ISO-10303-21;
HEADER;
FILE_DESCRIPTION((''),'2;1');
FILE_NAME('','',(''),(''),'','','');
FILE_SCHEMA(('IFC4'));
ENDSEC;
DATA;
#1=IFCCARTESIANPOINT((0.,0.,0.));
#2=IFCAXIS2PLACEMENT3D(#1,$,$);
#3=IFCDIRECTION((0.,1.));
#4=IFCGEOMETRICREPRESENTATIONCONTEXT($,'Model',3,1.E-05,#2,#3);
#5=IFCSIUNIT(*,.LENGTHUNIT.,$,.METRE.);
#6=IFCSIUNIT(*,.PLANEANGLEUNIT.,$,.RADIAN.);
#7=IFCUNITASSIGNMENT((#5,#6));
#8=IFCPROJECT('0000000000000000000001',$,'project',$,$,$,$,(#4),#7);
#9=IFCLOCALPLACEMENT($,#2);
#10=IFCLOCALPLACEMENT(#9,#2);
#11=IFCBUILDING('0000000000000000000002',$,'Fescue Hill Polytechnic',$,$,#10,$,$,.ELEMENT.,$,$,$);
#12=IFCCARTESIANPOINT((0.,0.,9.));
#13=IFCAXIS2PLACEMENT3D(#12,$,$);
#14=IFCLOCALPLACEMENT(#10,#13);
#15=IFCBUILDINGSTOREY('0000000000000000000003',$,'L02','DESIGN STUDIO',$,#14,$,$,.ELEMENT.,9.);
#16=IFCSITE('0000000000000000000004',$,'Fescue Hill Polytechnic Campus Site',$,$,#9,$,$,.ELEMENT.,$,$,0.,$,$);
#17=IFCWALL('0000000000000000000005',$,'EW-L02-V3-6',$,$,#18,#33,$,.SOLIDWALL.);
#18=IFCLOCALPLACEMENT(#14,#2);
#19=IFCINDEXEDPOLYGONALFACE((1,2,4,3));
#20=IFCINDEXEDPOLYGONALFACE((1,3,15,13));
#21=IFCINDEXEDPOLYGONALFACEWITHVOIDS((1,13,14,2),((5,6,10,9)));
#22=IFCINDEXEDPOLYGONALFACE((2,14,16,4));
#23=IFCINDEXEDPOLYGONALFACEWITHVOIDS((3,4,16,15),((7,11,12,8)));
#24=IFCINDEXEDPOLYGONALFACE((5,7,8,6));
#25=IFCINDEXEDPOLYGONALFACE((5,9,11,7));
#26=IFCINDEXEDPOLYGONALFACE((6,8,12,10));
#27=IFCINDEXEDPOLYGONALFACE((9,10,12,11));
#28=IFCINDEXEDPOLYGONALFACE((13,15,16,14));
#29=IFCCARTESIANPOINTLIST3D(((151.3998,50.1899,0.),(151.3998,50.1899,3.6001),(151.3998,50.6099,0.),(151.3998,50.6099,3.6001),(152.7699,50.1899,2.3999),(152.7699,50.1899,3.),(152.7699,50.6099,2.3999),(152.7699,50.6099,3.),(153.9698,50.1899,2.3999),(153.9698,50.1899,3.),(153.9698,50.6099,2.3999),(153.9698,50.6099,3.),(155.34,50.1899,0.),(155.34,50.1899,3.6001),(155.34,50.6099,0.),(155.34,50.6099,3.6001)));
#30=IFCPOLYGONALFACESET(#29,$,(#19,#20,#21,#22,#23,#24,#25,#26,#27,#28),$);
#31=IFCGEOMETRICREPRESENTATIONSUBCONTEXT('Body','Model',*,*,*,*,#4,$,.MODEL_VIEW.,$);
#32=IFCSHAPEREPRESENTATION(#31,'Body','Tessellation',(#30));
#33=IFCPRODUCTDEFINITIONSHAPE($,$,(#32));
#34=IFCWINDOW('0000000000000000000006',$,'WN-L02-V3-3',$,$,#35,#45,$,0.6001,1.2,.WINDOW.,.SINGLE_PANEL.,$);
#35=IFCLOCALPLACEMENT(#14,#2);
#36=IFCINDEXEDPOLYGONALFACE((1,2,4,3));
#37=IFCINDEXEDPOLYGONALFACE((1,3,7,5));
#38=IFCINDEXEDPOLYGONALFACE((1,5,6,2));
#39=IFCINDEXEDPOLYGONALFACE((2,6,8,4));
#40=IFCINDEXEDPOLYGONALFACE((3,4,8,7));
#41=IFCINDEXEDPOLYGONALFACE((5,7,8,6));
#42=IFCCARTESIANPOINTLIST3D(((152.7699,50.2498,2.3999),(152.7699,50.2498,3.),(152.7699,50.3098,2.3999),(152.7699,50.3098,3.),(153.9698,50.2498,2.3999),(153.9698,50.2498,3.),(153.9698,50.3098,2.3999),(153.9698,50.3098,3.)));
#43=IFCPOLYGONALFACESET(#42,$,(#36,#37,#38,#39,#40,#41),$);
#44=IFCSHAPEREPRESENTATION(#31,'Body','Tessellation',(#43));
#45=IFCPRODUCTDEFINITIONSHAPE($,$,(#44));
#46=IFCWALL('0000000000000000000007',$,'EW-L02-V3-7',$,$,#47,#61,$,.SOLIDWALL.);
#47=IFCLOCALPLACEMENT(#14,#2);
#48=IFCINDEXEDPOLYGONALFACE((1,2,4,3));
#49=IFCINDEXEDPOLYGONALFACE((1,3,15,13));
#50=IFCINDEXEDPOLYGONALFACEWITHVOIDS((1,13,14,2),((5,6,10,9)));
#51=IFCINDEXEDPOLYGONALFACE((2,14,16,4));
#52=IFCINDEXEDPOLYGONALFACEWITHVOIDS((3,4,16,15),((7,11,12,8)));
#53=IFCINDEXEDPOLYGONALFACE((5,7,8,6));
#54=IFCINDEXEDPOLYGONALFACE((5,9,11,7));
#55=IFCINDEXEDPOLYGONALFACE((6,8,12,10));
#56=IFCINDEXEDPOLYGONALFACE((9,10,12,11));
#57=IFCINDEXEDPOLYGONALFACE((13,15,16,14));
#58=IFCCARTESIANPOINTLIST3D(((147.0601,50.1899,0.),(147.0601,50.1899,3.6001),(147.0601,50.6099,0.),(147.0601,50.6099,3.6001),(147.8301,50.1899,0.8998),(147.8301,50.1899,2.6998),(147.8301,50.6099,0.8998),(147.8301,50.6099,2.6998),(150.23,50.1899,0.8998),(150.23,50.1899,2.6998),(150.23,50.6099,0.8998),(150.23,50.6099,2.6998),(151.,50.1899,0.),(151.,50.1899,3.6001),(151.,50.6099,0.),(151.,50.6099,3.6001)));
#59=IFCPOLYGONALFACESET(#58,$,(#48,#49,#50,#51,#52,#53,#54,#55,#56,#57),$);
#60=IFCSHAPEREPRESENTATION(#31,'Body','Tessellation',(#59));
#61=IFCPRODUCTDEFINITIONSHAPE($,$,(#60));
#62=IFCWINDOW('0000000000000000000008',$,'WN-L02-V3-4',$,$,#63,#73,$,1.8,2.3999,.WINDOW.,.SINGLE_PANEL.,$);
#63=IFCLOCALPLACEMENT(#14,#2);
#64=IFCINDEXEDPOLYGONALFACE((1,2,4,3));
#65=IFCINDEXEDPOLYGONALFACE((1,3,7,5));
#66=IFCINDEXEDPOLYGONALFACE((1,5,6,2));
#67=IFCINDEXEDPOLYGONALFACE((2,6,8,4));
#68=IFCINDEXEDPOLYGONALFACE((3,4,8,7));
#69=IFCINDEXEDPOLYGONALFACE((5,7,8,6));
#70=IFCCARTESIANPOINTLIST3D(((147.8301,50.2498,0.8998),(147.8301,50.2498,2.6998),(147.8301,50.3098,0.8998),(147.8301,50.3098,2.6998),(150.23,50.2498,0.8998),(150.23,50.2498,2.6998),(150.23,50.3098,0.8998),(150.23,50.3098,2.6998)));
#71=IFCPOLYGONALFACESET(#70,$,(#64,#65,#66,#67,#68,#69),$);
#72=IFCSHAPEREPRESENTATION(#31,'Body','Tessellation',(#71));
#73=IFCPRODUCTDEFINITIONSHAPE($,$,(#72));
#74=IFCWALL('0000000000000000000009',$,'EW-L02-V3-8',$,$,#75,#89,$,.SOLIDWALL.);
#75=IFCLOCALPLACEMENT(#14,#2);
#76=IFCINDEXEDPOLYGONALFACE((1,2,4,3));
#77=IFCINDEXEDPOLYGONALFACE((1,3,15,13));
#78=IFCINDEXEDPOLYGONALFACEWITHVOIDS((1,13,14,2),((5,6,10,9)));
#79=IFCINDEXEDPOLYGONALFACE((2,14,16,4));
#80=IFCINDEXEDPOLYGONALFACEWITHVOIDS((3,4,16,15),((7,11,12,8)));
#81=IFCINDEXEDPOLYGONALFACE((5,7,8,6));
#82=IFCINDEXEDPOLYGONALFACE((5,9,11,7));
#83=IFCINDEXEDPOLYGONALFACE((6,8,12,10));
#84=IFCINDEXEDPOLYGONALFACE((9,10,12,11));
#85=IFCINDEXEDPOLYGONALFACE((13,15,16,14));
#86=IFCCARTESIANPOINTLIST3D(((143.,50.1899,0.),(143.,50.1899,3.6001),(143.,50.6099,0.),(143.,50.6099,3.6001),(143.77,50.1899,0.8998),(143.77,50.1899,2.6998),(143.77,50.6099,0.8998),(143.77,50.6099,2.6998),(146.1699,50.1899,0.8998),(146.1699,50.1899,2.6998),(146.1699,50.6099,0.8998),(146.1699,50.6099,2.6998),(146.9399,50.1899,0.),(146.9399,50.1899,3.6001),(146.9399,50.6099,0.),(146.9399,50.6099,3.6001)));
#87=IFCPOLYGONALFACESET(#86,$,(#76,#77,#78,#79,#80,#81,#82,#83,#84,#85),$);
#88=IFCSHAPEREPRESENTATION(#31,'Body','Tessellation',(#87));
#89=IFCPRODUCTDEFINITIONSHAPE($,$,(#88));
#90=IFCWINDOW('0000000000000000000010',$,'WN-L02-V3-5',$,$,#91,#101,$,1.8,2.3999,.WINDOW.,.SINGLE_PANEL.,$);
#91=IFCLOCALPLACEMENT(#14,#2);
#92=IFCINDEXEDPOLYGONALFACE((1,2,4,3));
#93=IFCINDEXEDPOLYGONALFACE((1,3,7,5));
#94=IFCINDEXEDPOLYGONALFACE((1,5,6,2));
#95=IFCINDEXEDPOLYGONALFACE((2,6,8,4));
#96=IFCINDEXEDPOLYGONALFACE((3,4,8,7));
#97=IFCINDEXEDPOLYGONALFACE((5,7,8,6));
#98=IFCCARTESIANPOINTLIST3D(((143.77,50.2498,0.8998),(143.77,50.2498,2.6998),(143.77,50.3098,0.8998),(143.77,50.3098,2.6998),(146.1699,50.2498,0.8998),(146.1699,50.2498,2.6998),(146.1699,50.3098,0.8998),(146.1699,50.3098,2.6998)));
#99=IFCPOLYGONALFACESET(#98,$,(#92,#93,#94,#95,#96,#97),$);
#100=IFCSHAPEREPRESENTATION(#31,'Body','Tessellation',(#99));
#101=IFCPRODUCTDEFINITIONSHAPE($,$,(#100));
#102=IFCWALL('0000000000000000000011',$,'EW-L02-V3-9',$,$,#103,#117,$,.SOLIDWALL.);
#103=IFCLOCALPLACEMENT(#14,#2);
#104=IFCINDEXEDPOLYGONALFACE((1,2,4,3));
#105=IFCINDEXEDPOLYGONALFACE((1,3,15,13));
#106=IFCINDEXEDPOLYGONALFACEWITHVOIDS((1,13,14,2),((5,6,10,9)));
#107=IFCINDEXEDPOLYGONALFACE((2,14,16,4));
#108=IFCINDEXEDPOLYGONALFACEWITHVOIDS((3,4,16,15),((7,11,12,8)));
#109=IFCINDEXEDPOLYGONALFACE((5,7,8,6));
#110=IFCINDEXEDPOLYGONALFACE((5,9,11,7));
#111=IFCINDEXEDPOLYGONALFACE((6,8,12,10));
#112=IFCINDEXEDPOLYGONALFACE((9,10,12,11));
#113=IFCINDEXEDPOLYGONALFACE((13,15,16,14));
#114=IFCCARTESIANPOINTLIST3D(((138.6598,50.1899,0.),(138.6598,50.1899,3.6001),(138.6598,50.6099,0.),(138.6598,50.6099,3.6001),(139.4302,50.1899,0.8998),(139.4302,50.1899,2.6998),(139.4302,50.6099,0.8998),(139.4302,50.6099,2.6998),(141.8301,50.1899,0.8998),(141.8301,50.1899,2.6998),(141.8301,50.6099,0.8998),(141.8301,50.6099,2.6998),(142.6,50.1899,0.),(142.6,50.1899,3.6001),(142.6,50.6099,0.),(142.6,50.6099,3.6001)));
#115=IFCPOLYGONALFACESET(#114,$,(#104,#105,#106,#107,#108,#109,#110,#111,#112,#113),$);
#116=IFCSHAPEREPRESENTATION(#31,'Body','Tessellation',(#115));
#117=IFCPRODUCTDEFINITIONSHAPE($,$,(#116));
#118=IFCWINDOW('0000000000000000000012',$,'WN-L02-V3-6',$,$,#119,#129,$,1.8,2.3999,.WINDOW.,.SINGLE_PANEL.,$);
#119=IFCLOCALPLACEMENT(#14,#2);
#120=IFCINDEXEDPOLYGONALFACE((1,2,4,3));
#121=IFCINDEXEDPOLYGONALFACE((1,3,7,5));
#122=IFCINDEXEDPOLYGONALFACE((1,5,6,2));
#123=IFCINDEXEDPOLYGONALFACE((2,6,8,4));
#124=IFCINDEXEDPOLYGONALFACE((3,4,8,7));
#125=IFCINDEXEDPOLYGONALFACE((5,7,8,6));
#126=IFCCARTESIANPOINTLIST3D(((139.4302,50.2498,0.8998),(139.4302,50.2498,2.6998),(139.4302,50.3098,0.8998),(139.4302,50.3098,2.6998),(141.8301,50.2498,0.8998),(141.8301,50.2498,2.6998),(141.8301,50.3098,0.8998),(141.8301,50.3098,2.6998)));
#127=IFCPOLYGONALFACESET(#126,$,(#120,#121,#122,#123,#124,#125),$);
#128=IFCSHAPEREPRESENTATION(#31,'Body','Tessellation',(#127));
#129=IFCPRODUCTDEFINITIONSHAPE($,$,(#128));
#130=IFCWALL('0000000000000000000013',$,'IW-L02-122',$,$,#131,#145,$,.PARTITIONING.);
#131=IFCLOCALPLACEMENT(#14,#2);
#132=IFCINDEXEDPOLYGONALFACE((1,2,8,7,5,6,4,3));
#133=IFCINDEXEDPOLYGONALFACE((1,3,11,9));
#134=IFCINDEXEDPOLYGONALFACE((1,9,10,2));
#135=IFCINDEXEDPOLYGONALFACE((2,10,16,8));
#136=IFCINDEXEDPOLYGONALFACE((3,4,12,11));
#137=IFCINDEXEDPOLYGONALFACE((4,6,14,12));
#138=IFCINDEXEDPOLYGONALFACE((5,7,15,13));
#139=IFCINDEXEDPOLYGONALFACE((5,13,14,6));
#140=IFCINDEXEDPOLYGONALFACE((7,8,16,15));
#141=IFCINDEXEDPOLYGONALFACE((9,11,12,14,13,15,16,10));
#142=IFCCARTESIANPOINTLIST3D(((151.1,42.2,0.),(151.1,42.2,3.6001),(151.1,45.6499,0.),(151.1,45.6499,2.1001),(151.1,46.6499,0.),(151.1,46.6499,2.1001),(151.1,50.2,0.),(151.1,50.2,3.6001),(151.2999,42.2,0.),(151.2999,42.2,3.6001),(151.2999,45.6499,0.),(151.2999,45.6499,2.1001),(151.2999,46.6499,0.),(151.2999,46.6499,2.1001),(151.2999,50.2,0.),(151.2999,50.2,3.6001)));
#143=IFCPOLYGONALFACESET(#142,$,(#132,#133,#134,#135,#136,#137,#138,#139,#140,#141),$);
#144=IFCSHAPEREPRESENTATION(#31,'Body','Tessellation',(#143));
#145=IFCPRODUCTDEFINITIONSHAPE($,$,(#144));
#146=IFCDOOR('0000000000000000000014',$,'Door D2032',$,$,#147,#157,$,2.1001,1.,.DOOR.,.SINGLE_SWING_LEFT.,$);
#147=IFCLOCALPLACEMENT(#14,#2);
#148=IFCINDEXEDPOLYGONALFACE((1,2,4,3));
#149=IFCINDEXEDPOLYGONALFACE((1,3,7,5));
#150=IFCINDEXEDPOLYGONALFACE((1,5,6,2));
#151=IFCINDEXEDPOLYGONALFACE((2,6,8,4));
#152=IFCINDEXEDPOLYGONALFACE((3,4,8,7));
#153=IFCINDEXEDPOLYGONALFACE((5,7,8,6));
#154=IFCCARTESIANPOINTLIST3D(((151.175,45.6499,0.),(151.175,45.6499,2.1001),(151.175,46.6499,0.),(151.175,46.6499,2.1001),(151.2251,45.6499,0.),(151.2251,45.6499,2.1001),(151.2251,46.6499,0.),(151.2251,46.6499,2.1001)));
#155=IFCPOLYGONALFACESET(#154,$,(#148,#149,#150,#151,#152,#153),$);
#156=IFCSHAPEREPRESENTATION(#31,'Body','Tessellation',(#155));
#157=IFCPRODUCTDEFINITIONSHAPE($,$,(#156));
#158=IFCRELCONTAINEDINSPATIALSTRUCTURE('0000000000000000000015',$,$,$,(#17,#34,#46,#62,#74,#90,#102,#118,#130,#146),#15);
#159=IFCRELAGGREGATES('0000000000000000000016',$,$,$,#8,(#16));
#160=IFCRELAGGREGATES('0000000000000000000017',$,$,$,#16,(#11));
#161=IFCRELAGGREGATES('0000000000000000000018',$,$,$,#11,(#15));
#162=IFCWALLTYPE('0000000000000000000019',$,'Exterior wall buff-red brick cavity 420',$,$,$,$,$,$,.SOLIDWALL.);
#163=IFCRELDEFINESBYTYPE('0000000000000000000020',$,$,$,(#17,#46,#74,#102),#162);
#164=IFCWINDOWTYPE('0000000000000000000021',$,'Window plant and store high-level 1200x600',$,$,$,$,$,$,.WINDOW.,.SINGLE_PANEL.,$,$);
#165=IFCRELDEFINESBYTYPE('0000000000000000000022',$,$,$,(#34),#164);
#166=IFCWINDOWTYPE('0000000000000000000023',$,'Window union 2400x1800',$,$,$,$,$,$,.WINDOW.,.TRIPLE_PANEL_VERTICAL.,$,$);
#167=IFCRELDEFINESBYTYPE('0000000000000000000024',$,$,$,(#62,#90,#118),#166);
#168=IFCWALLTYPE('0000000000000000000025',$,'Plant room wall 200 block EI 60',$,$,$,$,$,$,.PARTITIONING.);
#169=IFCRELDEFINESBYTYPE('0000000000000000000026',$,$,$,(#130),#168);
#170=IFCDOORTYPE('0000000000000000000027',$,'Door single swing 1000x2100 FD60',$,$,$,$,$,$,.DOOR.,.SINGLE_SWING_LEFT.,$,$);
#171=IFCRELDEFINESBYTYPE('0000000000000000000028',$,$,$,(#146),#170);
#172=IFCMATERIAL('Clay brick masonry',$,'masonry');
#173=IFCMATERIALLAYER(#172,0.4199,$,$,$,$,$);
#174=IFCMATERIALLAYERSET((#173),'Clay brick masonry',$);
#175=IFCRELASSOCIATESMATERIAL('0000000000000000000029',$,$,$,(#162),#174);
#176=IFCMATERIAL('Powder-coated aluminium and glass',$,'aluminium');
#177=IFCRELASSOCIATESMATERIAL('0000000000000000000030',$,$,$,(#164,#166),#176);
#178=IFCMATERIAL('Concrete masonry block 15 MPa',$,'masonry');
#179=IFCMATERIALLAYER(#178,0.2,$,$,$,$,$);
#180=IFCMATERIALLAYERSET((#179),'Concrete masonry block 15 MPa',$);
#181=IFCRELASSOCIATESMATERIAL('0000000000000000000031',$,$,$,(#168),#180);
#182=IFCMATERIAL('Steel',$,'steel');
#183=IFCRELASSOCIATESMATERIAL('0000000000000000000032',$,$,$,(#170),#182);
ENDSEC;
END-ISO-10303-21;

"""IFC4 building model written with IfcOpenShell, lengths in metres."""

from ifc_helpers import new_model, si_unit, direction, frame, frame_2d, origin, place, context, subcontext, project, spatial, rectangle, extrude, material, layer, layer_set, type_object, element, fill, save


model = new_model("IFC4")

# Units and contexts
model_context = context("Model", 3, precision=1e-05, world=origin(), true_north=direction((0.0, 1.0)))
body_context = subcontext(model_context, "Body", "Model", "MODEL_VIEW")
ifc_project = project(units=[si_unit("LENGTHUNIT", "METRE"), si_unit("PLANEANGLEUNIT", "RADIAN")], contexts=[model_context])

# Site, building, storey
site_placement = place(None, origin())
site = spatial("IfcSite", under=ifc_project, at=site_placement, Name="Fescue Hill Polytechnic Campus Site", CompositionType="ELEMENT", RefElevation=0.0)
building_placement = place(site_placement, origin())
building = spatial("IfcBuilding", under=site, at=building_placement, Name="Fescue Hill Polytechnic", CompositionType="ELEMENT")
storey_placement = place(building_placement, frame((0.0, 0.0, 9.0)))
storey = spatial("IfcBuildingStorey", under=building, at=storey_placement, Name="L02", Description="DESIGN STUDIO", CompositionType="ELEMENT", Elevation=9.0)

# Walls, openings, windows
ifc_material_1 = material(Name="Clay brick masonry", Category="masonry")
ifc_layer_1 = layer(ifc_material_1, 0.4199)
ifc_layer_set_1 = layer_set([ifc_layer_1], Name="Clay brick masonry")
wall_type_1 = type_object("IfcWallType", Name="Exterior wall buff-red brick cavity 420", PredefinedType="SOLIDWALL", material=ifc_layer_set_1)
ifc_material_2 = material(Name="Powder-coated aluminium and glass", Category="aluminium")
wall_1_placement = place(storey_placement, frame((155.3401, 50.3999, 0.0), z_axis=(0.0, 0.0, 1.0), x_axis=(-1.0, 0.0, 0.0)))
wall_1 = element("IfcWall", 1, at=wall_1_placement, inside=storey, type_object=wall_type_1, Name="EW-L02-V3-6", PredefinedType="SOLIDWALL", context=body_context, shape_type="SweptSolid", body=[
    extrude(rectangle(XDim=3.9402, YDim=0.4199, at=frame_2d((1.9702, 0.0))), origin(), (0.0, 0.0, 1.0), 3.6001),
])
opening_1_placement = place(wall_1_placement, frame((1.3701, 0.0, 2.3999)))
opening_1 = element("IfcOpeningElement", 2, at=opening_1_placement, cuts=wall_1, PredefinedType="OPENING", context=body_context, shape_type="SweptSolid", body=[
    extrude(rectangle(XDim=1.2, YDim=0.6001, at=frame_2d((0.6001, 0.3))), frame((0.0, 0.22, 0.0), z_axis=(0.0, -1.0, 0.0), x_axis=(1.0, 0.0, 0.0)), (0.0, 0.0, 1.0), 0.4399),
])
window_type_1 = type_object("IfcWindowType", Name="Window plant and store high-level 1200x600", PartitioningType="SINGLE_PANEL", PredefinedType="WINDOW", material=ifc_material_2)
window_1_placement = place(opening_1_placement, origin())
window_1 = element("IfcWindow", 3, at=window_1_placement, inside=storey, type_object=window_type_1, Name="WN-L02-V3-3", OverallHeight=0.6001, OverallWidth=1.2, PartitioningType="SINGLE_PANEL", PredefinedType="WINDOW", context=body_context, shape_type="SweptSolid", body=[
    extrude(rectangle(XDim=1.2, YDim=0.6001, at=frame_2d((0.6001, 0.3))), frame((0.0, 0.1501, 0.0), z_axis=(0.0, -1.0, 0.0), x_axis=(1.0, 0.0, 0.0)), (0.0, 0.0, 1.0), 0.0601),
])
fill(opening_1, window_1)
wall_2_placement = place(storey_placement, frame((151.0, 50.3999, 0.0), z_axis=(0.0, 0.0, 1.0), x_axis=(-1.0, 0.0, 0.0)))
wall_2 = element("IfcWall", 4, at=wall_2_placement, inside=storey, type_object=wall_type_1, Name="EW-L02-V3-7", PredefinedType="SOLIDWALL", context=body_context, shape_type="SweptSolid", body=[
    extrude(rectangle(XDim=3.9399, YDim=0.4199, at=frame_2d((1.97, 0.0))), origin(), (0.0, 0.0, 1.0), 3.6001),
])
opening_2_placement = place(wall_2_placement, frame((0.77, 0.0, 0.8999)))
opening_2 = element("IfcOpeningElement", 5, at=opening_2_placement, cuts=wall_2, PredefinedType="OPENING", context=body_context, shape_type="SweptSolid", body=[
    extrude(rectangle(XDim=2.3999, YDim=1.8, at=frame_2d((1.2, 0.8999))), frame((0.0, 0.22, 0.0), z_axis=(0.0, -1.0, 0.0), x_axis=(1.0, 0.0, 0.0)), (0.0, 0.0, 1.0), 0.4399),
])
window_type_2 = type_object("IfcWindowType", Name="Window union 2400x1800", PartitioningType="TRIPLE_PANEL_VERTICAL", PredefinedType="WINDOW", material=ifc_material_2)
window_2_placement = place(opening_2_placement, origin())
window_2 = element("IfcWindow", 6, at=window_2_placement, inside=storey, type_object=window_type_2, Name="WN-L02-V3-4", OverallHeight=1.8, OverallWidth=2.3999, PartitioningType="SINGLE_PANEL", PredefinedType="WINDOW", context=body_context, shape_type="SweptSolid", body=[
    extrude(rectangle(XDim=2.3999, YDim=1.8, at=frame_2d((1.2, 0.8999))), frame((0.0, 0.1501, 0.0), z_axis=(0.0, -1.0, 0.0), x_axis=(1.0, 0.0, 0.0)), (0.0, 0.0, 1.0), 0.0601),
])
fill(opening_2, window_2)
wall_3_placement = place(storey_placement, frame((146.9399, 50.3999, 0.0), z_axis=(0.0, 0.0, 1.0), x_axis=(-1.0, 0.0, 0.0)))
wall_3 = element("IfcWall", 7, at=wall_3_placement, inside=storey, type_object=wall_type_1, Name="EW-L02-V3-8", PredefinedType="SOLIDWALL", context=body_context, shape_type="SweptSolid", body=[
    extrude(rectangle(XDim=3.9399, YDim=0.4199, at=frame_2d((1.97, 0.0))), origin(), (0.0, 0.0, 1.0), 3.6001),
])
opening_3_placement = place(wall_3_placement, frame((0.77, 0.0, 0.8999)))
opening_3 = element("IfcOpeningElement", 8, at=opening_3_placement, cuts=wall_3, PredefinedType="OPENING", context=body_context, shape_type="SweptSolid", body=[
    extrude(rectangle(XDim=2.3999, YDim=1.8, at=frame_2d((1.2, 0.8999))), frame((0.0, 0.22, 0.0), z_axis=(0.0, -1.0, 0.0), x_axis=(1.0, 0.0, 0.0)), (0.0, 0.0, 1.0), 0.4399),
])
window_3_placement = place(opening_3_placement, origin())
window_3 = element("IfcWindow", 9, at=window_3_placement, inside=storey, type_object=window_type_2, Name="WN-L02-V3-5", OverallHeight=1.8, OverallWidth=2.3999, PartitioningType="SINGLE_PANEL", PredefinedType="WINDOW", context=body_context, shape_type="SweptSolid", body=[
    extrude(rectangle(XDim=2.3999, YDim=1.8, at=frame_2d((1.2, 0.8999))), frame((0.0, 0.1501, 0.0), z_axis=(0.0, -1.0, 0.0), x_axis=(1.0, 0.0, 0.0)), (0.0, 0.0, 1.0), 0.0601),
])
fill(opening_3, window_3)
wall_4_placement = place(storey_placement, frame((142.6001, 50.3999, 0.0), z_axis=(0.0, 0.0, 1.0), x_axis=(-1.0, 0.0, 0.0)))
wall_4 = element("IfcWall", 10, at=wall_4_placement, inside=storey, type_object=wall_type_1, Name="EW-L02-V3-9", PredefinedType="SOLIDWALL", context=body_context, shape_type="SweptSolid", body=[
    extrude(rectangle(XDim=3.9402, YDim=0.4199, at=frame_2d((1.9702, 0.0))), origin(), (0.0, 0.0, 1.0), 3.6001),
])
opening_4_placement = place(wall_4_placement, frame((0.77, 0.0, 0.8999)))
opening_4 = element("IfcOpeningElement", 11, at=opening_4_placement, cuts=wall_4, PredefinedType="OPENING", context=body_context, shape_type="SweptSolid", body=[
    extrude(rectangle(XDim=2.3999, YDim=1.8, at=frame_2d((1.2, 0.8999))), frame((0.0, 0.22, 0.0), z_axis=(0.0, -1.0, 0.0), x_axis=(1.0, 0.0, 0.0)), (0.0, 0.0, 1.0), 0.4399),
])
window_4_placement = place(opening_4_placement, origin())
window_4 = element("IfcWindow", 12, at=window_4_placement, inside=storey, type_object=window_type_2, Name="WN-L02-V3-6", OverallHeight=1.8, OverallWidth=2.3999, PartitioningType="SINGLE_PANEL", PredefinedType="WINDOW", context=body_context, shape_type="SweptSolid", body=[
    extrude(rectangle(XDim=2.3999, YDim=1.8, at=frame_2d((1.2, 0.8999))), frame((0.0, 0.1501, 0.0), z_axis=(0.0, -1.0, 0.0), x_axis=(1.0, 0.0, 0.0)), (0.0, 0.0, 1.0), 0.0601),
])
fill(opening_4, window_4)

# Wall, opening, door
ifc_material_3 = material(Name="Concrete masonry block 15 MPa", Category="masonry")
ifc_layer_2 = layer(ifc_material_3, 0.2)
ifc_layer_set_2 = layer_set([ifc_layer_2], Name="Concrete masonry block 15 MPa")
wall_type_2 = type_object("IfcWallType", Name="Plant room wall 200 block EI 60", PredefinedType="PARTITIONING", material=ifc_layer_set_2)
wall_5_placement = place(storey_placement, frame((151.2, 42.2, 0.0), z_axis=(0.0, 0.0, 1.0), x_axis=(0.0, 1.0, 0.0)))
wall_5 = element("IfcWall", 13, at=wall_5_placement, inside=storey, type_object=wall_type_2, Name="IW-L02-122", PredefinedType="PARTITIONING", context=body_context, shape_type="SweptSolid", body=[
    extrude(rectangle(XDim=8.0, YDim=0.2, at=frame_2d((4.0, 0.0))), origin(), (0.0, 0.0, 1.0), 3.6001),
])
opening_5_placement = place(wall_5_placement, frame((3.45, 0.0, 0.0)))
opening_5 = element("IfcOpeningElement", 14, at=opening_5_placement, cuts=wall_5, PredefinedType="OPENING", context=body_context, shape_type="SweptSolid", body=[
    extrude(rectangle(XDim=1.0, YDim=2.1001, at=frame_2d((0.5, 1.05))), frame((0.0, 0.1099, 0.0), z_axis=(0.0, -1.0, 0.0), x_axis=(1.0, 0.0, 0.0)), (0.0, 0.0, 1.0), 0.22),
])
ifc_material_4 = material(Name="Steel", Category="steel")
door_type_1 = type_object("IfcDoorType", Name="Door single swing 1000x2100 FD60", OperationType="SINGLE_SWING_LEFT", PredefinedType="DOOR", material=ifc_material_4)
door_1_placement = place(opening_5_placement, origin())
door_1 = element("IfcDoor", 15, at=door_1_placement, inside=storey, type_object=door_type_1, Name="Door D2032", OperationType="SINGLE_SWING_LEFT", OverallHeight=2.1001, OverallWidth=1.0, PredefinedType="DOOR", context=body_context, shape_type="SweptSolid", body=[
    extrude(rectangle(XDim=1.0, YDim=2.1001, at=frame_2d((0.5, 1.05))), frame((0.0, 0.0249, 0.0), z_axis=(0.0, -1.0, 0.0), x_axis=(1.0, 0.0, 0.0)), (0.0, 0.0, 1.0), 0.05),
])
fill(opening_5, door_1)

save(model, "model.ifc")
